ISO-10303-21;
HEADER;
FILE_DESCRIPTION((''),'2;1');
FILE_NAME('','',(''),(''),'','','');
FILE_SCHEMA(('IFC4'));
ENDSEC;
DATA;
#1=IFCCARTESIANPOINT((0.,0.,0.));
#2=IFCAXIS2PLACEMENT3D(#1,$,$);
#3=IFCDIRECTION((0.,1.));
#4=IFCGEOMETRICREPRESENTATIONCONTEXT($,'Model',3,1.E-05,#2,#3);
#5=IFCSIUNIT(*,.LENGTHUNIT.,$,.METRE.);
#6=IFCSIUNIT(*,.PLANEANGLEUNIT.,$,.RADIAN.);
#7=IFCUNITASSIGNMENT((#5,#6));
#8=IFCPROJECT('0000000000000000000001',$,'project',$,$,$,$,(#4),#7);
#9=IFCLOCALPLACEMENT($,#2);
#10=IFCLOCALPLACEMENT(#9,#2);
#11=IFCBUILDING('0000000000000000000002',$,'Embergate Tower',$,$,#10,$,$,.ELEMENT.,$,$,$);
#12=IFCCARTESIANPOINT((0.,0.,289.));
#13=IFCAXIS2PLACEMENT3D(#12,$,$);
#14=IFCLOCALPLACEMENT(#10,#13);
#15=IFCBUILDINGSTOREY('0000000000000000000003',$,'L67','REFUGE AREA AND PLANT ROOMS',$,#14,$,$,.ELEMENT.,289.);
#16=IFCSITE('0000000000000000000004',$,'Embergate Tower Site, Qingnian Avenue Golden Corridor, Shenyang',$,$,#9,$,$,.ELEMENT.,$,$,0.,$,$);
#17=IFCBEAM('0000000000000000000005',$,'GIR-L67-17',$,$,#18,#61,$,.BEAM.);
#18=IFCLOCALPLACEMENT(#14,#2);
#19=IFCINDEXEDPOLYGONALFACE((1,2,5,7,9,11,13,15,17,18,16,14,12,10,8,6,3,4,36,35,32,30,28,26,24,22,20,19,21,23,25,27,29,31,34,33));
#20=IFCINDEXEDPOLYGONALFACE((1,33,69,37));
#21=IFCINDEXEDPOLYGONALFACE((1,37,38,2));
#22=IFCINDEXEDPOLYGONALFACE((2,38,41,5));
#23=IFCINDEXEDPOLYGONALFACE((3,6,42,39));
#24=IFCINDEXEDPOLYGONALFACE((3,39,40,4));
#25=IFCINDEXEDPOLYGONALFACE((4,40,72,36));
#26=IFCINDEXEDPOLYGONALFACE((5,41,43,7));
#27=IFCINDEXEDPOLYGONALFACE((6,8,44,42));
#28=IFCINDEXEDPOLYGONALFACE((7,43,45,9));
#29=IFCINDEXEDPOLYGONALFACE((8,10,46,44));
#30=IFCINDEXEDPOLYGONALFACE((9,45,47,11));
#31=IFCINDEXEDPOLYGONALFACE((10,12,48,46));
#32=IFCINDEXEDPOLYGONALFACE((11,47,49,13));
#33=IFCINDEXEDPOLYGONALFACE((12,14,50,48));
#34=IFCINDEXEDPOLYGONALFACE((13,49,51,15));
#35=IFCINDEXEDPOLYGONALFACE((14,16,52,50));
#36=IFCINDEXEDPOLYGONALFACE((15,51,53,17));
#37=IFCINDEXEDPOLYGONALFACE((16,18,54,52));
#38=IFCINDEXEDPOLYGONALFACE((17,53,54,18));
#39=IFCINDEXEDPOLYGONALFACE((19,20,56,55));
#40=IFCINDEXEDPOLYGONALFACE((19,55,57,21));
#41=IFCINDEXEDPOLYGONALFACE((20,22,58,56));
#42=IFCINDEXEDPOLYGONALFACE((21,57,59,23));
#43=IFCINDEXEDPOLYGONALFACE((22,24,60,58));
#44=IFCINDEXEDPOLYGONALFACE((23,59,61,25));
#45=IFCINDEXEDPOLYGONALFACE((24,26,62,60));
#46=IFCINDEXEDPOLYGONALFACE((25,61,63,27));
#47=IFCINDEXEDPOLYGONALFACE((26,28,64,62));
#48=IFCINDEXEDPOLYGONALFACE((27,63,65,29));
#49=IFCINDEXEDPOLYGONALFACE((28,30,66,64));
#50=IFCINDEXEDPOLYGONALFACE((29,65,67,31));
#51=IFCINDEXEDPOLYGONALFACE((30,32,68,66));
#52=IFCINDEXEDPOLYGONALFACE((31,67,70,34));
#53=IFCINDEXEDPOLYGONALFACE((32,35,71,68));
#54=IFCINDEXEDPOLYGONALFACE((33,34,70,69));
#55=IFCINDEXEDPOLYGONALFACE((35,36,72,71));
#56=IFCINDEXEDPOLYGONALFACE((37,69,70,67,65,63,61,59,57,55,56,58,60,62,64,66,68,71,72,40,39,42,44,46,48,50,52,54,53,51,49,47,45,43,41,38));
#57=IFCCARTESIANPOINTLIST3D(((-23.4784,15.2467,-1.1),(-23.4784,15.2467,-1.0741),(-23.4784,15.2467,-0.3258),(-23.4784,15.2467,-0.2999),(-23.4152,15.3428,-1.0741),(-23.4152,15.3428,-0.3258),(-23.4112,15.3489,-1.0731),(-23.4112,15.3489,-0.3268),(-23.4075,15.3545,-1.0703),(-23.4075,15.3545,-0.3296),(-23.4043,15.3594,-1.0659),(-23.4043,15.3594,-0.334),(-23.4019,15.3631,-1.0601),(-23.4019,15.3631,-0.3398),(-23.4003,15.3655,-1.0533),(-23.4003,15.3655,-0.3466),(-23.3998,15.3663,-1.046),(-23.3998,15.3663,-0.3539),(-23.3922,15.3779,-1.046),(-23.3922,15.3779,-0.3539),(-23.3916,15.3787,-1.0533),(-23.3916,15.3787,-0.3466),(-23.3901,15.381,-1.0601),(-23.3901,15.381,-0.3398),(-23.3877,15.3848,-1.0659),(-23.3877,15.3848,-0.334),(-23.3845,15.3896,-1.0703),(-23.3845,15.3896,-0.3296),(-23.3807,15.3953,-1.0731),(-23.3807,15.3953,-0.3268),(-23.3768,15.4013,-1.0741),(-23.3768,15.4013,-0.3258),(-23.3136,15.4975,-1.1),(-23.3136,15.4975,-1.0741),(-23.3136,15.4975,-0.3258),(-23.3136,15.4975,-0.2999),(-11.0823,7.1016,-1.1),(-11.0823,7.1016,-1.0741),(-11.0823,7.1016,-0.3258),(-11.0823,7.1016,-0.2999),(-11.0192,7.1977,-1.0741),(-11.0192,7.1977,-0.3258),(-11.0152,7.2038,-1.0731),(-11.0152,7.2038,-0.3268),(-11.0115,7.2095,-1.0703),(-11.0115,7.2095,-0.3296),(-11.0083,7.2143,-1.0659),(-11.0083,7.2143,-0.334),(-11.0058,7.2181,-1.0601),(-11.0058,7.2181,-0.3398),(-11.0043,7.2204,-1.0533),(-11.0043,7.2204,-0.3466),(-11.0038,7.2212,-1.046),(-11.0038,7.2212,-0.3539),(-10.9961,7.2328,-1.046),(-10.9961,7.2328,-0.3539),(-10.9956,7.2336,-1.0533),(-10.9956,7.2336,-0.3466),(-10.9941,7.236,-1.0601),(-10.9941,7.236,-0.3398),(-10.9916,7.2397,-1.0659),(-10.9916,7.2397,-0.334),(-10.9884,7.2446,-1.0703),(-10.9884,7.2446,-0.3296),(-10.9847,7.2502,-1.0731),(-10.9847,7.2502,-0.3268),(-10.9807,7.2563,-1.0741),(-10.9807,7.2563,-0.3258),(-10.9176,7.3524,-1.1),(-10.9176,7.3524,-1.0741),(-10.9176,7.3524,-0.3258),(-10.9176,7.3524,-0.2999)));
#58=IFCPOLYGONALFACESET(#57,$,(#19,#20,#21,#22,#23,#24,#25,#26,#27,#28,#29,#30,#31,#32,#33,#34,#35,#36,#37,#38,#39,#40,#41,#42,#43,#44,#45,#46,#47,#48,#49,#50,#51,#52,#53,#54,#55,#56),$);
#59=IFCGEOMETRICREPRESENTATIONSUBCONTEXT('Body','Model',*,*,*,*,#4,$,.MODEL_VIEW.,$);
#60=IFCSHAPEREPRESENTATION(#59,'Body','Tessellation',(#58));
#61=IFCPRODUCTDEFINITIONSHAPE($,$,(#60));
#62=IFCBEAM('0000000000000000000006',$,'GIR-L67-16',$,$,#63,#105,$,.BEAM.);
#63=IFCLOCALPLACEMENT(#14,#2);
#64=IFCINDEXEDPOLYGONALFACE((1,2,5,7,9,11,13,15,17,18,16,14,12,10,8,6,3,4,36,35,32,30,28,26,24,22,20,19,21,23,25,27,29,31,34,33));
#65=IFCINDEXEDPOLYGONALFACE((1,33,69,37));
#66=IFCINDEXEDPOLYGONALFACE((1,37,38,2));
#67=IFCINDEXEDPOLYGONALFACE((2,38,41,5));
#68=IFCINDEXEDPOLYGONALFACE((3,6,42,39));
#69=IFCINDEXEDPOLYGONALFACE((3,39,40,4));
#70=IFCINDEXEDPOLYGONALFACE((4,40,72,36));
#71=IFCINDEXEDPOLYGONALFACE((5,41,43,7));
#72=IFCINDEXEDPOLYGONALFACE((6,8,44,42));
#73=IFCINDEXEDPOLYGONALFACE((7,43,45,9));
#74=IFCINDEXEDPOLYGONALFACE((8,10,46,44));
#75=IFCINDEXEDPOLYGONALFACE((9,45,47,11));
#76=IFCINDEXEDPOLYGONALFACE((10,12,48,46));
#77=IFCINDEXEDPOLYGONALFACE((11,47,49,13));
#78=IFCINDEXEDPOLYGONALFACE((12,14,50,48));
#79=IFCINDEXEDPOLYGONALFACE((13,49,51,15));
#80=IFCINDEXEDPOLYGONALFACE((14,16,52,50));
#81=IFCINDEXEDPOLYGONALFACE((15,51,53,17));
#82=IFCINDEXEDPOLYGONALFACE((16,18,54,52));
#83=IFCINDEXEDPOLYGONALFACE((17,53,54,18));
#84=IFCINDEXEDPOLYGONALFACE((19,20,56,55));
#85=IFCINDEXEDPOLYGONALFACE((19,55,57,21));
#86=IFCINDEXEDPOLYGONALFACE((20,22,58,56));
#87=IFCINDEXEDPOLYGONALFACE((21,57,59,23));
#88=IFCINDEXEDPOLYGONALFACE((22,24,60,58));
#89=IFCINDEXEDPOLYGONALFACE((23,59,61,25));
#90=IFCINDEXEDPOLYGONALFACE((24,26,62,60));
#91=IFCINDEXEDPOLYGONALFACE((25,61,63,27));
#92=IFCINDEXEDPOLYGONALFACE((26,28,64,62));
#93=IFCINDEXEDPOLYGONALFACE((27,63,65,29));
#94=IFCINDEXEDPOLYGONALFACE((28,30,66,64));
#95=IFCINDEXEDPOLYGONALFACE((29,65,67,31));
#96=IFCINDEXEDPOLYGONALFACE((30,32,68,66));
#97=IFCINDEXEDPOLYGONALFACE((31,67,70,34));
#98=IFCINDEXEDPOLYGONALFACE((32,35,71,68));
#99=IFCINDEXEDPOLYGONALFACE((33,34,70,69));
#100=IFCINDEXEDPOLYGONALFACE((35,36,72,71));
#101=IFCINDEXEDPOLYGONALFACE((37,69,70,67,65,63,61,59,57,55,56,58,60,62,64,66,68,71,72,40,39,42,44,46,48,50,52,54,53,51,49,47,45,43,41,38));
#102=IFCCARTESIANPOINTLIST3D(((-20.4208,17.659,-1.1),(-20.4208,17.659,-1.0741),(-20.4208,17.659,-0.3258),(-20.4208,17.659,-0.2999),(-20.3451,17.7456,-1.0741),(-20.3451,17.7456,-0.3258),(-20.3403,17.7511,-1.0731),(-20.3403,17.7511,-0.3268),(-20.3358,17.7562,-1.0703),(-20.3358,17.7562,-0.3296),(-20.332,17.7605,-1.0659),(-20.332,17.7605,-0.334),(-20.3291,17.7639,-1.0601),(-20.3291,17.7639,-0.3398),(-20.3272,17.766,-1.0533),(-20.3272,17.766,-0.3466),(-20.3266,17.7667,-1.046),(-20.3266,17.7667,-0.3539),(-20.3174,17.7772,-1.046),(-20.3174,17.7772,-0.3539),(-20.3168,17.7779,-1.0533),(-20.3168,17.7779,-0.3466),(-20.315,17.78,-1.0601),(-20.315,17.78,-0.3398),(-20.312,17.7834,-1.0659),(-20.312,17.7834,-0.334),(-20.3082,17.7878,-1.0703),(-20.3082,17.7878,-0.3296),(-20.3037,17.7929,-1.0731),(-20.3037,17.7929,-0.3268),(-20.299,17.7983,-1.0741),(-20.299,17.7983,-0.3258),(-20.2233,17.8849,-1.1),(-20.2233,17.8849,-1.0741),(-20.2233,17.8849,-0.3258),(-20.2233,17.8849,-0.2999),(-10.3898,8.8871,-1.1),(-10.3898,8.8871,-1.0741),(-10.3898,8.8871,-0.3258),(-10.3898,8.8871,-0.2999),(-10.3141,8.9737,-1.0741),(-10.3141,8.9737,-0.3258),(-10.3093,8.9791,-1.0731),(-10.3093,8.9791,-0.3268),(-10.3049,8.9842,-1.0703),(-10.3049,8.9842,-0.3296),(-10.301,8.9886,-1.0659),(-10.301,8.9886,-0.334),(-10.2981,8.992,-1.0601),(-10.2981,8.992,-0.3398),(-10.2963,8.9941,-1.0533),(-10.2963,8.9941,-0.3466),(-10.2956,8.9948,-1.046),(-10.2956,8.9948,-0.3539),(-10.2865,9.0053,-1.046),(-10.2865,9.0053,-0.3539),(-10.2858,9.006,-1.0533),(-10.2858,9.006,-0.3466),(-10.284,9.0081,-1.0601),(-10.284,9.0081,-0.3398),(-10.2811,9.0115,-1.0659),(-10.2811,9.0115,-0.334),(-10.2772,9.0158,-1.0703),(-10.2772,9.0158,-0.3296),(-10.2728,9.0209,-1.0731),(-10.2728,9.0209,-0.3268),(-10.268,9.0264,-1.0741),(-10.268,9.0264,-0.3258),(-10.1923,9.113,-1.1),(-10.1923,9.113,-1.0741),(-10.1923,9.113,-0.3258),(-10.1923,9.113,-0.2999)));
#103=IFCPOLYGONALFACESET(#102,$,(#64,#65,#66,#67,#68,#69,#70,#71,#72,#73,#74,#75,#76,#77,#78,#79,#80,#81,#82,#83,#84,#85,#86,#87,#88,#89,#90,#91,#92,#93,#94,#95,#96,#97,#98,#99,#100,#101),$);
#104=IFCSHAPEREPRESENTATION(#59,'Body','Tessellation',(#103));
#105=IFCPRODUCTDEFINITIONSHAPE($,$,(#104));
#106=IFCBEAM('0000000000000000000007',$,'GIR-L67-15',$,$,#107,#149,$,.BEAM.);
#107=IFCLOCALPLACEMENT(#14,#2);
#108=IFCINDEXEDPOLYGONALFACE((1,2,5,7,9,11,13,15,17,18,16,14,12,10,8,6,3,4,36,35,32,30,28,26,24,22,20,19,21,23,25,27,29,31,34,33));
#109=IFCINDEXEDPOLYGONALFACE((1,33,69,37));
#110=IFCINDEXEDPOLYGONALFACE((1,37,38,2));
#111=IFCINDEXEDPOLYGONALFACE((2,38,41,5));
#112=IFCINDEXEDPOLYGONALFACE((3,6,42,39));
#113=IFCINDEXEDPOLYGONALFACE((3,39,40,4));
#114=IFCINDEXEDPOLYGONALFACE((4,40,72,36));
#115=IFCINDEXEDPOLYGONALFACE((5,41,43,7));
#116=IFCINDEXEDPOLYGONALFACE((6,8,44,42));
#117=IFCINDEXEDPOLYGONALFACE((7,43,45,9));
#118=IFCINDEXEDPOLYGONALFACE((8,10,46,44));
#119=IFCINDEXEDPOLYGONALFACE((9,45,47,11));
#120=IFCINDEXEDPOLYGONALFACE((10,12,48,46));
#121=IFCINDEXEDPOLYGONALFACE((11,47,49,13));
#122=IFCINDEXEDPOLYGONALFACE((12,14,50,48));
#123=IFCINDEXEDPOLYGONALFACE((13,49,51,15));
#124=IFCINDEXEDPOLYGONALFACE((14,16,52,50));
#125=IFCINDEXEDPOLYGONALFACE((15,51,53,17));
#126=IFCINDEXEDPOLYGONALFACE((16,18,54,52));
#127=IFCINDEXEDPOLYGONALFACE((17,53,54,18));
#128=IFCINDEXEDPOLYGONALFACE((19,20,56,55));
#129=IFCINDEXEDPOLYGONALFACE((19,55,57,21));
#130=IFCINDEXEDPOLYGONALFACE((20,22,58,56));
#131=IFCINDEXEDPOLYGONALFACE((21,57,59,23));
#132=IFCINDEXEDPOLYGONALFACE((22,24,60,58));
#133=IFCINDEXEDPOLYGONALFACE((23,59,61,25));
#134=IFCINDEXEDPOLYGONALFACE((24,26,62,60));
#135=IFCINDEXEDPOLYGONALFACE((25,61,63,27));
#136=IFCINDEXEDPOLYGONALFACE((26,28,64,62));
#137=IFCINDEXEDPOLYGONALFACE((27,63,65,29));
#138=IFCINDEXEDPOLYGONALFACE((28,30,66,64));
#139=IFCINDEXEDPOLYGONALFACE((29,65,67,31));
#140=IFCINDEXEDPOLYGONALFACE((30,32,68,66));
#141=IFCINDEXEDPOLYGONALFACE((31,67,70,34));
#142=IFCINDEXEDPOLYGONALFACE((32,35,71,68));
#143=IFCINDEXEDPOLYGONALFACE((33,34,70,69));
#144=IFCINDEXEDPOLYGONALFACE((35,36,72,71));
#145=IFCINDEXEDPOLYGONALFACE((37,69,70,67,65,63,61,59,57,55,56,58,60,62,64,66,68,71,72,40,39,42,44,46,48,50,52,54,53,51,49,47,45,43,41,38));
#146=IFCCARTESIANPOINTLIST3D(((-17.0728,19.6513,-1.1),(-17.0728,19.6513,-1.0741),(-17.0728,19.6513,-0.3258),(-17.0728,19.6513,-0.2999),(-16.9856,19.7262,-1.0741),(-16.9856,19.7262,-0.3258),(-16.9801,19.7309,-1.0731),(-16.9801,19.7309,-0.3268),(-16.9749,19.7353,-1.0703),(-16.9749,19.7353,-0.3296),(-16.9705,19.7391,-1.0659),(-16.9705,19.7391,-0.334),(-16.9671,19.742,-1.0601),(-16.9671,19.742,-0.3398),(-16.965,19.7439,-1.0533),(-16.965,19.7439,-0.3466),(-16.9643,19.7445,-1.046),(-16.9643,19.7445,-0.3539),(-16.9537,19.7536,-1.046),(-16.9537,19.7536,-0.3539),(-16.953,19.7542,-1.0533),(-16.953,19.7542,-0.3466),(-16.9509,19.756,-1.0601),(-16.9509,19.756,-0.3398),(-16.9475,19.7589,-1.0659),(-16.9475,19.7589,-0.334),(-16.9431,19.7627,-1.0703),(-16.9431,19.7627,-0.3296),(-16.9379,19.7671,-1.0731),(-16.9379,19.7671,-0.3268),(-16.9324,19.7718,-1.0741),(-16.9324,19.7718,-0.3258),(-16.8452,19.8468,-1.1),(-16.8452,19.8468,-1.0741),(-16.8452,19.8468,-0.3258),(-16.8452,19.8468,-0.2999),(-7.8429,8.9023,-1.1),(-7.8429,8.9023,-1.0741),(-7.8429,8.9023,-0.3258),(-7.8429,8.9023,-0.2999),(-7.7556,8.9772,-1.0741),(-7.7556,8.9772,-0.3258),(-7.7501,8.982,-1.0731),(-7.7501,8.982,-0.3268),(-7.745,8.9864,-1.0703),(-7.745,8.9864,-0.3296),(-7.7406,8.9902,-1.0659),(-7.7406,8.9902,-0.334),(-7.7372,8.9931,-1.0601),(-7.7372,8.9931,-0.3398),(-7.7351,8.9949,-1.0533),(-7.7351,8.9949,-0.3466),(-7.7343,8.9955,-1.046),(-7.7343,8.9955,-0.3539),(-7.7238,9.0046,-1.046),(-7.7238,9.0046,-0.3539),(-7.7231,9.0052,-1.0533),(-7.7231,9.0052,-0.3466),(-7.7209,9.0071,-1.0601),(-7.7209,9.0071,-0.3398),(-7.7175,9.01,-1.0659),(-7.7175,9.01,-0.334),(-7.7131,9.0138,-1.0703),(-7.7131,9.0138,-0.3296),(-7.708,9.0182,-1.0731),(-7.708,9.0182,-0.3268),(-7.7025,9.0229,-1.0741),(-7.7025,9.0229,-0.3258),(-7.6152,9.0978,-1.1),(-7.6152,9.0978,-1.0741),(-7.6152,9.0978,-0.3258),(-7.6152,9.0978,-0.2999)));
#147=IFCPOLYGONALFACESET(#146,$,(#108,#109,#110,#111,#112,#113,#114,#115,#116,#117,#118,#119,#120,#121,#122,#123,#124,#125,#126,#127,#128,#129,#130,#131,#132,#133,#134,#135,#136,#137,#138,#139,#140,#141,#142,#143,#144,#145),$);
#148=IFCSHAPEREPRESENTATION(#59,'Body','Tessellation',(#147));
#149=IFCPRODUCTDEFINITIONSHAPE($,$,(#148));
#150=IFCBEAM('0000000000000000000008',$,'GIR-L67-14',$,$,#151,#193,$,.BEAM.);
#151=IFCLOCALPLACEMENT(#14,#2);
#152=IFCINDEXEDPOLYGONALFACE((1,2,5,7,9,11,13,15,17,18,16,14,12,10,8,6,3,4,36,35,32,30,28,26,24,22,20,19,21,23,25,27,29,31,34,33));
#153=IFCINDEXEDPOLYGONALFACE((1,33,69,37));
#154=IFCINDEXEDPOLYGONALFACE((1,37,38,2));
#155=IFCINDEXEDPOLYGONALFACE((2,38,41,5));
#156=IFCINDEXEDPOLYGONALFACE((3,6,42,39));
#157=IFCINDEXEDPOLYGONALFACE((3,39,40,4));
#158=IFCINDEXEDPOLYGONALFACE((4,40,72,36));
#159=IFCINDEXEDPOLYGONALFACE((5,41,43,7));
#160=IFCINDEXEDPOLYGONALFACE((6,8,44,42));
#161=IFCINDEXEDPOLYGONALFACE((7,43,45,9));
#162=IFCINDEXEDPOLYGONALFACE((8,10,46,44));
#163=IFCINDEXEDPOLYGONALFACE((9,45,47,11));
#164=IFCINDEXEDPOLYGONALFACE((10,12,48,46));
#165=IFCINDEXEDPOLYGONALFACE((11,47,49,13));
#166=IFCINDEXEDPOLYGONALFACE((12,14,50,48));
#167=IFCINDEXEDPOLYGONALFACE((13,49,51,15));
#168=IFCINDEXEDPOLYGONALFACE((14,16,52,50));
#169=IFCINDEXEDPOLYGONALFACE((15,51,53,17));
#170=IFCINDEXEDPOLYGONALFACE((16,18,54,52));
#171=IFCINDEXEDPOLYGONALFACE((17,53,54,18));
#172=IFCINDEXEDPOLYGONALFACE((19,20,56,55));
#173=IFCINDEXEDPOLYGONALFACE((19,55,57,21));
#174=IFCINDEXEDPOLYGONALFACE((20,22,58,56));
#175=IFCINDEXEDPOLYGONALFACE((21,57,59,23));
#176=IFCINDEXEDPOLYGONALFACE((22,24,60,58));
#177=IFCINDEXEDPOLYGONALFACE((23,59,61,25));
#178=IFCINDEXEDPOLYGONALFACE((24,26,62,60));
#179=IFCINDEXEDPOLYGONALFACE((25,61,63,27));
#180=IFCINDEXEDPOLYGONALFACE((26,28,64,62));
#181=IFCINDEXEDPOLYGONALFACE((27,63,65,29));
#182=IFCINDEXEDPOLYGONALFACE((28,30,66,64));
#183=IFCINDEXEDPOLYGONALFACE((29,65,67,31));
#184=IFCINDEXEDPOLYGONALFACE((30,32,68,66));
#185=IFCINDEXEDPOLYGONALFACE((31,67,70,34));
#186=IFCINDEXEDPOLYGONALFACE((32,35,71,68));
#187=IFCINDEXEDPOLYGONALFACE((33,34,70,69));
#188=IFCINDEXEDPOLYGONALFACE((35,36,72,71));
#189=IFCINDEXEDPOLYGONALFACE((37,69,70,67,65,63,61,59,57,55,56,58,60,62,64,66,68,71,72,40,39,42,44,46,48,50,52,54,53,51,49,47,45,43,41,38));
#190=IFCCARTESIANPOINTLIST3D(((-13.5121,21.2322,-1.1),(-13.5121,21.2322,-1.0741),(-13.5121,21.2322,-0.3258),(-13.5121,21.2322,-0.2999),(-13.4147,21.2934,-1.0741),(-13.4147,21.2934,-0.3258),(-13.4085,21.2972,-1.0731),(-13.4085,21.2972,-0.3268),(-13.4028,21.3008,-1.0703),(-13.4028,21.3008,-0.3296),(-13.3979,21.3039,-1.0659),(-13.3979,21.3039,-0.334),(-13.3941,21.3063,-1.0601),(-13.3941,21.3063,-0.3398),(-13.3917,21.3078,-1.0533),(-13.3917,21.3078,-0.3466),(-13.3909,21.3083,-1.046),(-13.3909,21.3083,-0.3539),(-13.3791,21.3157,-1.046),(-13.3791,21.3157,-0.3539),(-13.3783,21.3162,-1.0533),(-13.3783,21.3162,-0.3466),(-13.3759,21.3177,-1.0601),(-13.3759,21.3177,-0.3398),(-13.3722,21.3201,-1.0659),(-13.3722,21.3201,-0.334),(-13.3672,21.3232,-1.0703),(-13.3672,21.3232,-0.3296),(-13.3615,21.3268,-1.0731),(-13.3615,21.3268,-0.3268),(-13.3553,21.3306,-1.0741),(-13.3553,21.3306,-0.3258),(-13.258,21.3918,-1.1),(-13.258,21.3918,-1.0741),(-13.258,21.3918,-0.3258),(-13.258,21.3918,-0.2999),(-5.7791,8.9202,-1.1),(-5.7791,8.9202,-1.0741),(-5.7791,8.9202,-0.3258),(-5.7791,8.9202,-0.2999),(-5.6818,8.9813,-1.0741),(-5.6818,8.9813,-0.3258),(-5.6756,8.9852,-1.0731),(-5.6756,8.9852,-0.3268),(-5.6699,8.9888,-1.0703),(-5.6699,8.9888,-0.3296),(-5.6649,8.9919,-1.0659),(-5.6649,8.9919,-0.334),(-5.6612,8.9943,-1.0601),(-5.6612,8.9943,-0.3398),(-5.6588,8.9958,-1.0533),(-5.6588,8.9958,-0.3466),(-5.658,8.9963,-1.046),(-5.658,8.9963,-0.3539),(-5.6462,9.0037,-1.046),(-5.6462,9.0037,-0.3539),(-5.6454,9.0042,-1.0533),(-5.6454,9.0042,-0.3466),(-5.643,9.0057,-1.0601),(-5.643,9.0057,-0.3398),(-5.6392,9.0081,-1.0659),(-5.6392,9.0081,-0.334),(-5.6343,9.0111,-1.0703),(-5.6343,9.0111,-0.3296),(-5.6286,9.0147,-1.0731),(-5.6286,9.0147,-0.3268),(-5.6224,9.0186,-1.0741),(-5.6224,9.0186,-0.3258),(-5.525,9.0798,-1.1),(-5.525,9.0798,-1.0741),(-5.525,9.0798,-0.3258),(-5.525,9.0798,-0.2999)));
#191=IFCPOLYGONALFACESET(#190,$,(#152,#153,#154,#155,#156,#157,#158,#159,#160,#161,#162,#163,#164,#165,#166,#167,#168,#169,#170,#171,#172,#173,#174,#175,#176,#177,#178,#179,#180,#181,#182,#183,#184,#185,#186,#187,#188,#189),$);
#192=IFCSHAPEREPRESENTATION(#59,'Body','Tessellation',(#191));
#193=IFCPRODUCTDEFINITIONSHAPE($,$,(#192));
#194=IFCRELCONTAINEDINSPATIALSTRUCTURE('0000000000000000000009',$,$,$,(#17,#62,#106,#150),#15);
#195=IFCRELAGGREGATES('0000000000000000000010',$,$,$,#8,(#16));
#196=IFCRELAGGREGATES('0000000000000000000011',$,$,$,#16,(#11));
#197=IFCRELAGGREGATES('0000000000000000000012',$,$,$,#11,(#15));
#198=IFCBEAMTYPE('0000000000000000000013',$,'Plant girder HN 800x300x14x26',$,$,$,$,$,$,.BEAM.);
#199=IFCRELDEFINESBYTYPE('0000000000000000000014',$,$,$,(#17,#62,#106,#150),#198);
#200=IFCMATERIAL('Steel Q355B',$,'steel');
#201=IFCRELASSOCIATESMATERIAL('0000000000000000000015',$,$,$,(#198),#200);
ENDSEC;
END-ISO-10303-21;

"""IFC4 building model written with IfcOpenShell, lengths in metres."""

from ifc_helpers import new_model, si_unit, direction, frame, origin, origin_2d, place, context, subcontext, project, spatial, i_section, extrude, source, transform, mapped, material, material_profile, profile_set, type_object, element, save


model = new_model("IFC4")

# Units and contexts
model_context = context("Model", 3, precision=1e-05, world=origin(), true_north=direction((0.0, 1.0)))
body_context = subcontext(model_context, "Body", "Model", "MODEL_VIEW")
ifc_project = project(units=[si_unit("LENGTHUNIT", "METRE"), si_unit("PLANEANGLEUNIT", "RADIAN")], contexts=[model_context])

# Site, building, storey
site_placement = place(None, origin())
site = spatial("IfcSite", under=ifc_project, at=site_placement, Name="Embergate Tower Site, Qingnian Avenue Golden Corridor, Shenyang", CompositionType="ELEMENT", RefElevation=0.0)
building_placement = place(site_placement, origin())
building = spatial("IfcBuilding", under=site, at=building_placement, Name="Embergate Tower", CompositionType="ELEMENT")
storey_placement = place(building_placement, frame((0.0, 0.0, 289.0)))
storey = spatial("IfcBuildingStorey", under=building, at=storey_placement, Name="L67", Description="REFUGE AREA AND PLANT ROOMS", CompositionType="ELEMENT", Elevation=289.0)

# Beams
ifc_material_1 = material(Name="Steel Q355B", Category="steel")
ifc_material_profile_1 = material_profile(ifc_material_1, i_section(OverallWidth=0.3, OverallDepth=0.8, WebThickness=0.0139, FlangeThickness=0.0259, FilletRadius=0.0281, at=origin_2d()), Name="HN 800x300x14x26")
ifc_profile_set_1 = profile_set([ifc_material_profile_1], Name="Steel Q355 grade B")
beam_type_1 = type_object("IfcBeamType", Name="Plant girder HN 800x300x14x26", PredefinedType="BEAM", material=ifc_profile_set_1)
shared_shape_1 = source(origin(), body_context, "Body", "SweptSolid", [
    extrude(i_section(OverallWidth=0.3, OverallDepth=0.8, WebThickness=0.0139, FlangeThickness=0.0259, FilletRadius=0.0281, at=origin_2d()), origin(), (0.0, 0.0, 1.0), 14.8325),
])
beam_1_placement = place(storey_placement, frame((-23.396, 15.3721, -0.7), z_axis=(0.835734, -0.549135, 0.0), x_axis=(0.549135, 0.835734, 0.0)))
element("IfcBeam", 1, at=beam_1_placement, inside=storey, type_object=beam_type_1, Name="GIR-L67-17", PredefinedType="BEAM", context=body_context, shape_type="MappedRepresentation", body=[
    mapped(shared_shape_1, transform((0.0, 0.0, 0.0))),
])
shared_shape_2 = source(origin(), body_context, "Body", "SweptSolid", [
    extrude(i_section(OverallWidth=0.3, OverallDepth=0.8, WebThickness=0.0139, FlangeThickness=0.0259, FilletRadius=0.0281, at=origin_2d()), origin(), (0.0, 0.0, 1.0), 13.3254),
])
beam_2_placement = place(storey_placement, frame((-20.322, 17.772, -0.7), z_axis=(0.752768, -0.658285, 0.0), x_axis=(0.658285, 0.752768, 0.0)))
element("IfcBeam", 2, at=beam_2_placement, inside=storey, type_object=beam_type_1, Name="GIR-L67-16", PredefinedType="BEAM", context=body_context, shape_type="MappedRepresentation", body=[
    mapped(shared_shape_2, transform((0.0, 0.0, 0.0))),
])
shared_shape_3 = source(origin(), body_context, "Body", "SweptSolid", [
    extrude(i_section(OverallWidth=0.3, OverallDepth=0.8, WebThickness=0.0139, FlangeThickness=0.0259, FilletRadius=0.0281, at=origin_2d()), origin(), (0.0, 0.0, 1.0), 14.168),
])
beam_3_placement = place(storey_placement, frame((-16.959, 19.749, -0.7), z_axis=(0.651464, -0.75868, 0.0), x_axis=(0.75868, 0.651464, 0.0)))
element("IfcBeam", 3, at=beam_3_placement, inside=storey, type_object=beam_type_1, Name="GIR-L67-15", PredefinedType="BEAM", context=body_context, shape_type="MappedRepresentation", body=[
    mapped(shared_shape_3, transform((0.0, 0.0, 0.0))),
])
shared_shape_4 = source(origin(), body_context, "Body", "SweptSolid", [
    extrude(i_section(OverallWidth=0.3, OverallDepth=0.8, WebThickness=0.0139, FlangeThickness=0.0259, FilletRadius=0.0281, at=origin_2d()), origin(), (0.0, 0.0, 1.0), 14.5391),
])
beam_4_placement = place(storey_placement, frame((-13.385, 21.312, -0.7), z_axis=(0.531872, -0.846825, 0.0), x_axis=(0.846825, 0.531872, 0.0)))
element("IfcBeam", 4, at=beam_4_placement, inside=storey, type_object=beam_type_1, Name="GIR-L67-14", PredefinedType="BEAM", context=body_context, shape_type="MappedRepresentation", body=[
    mapped(shared_shape_4, transform((0.0, 0.0, 0.0))),
])

save(model, "model.ifc")
